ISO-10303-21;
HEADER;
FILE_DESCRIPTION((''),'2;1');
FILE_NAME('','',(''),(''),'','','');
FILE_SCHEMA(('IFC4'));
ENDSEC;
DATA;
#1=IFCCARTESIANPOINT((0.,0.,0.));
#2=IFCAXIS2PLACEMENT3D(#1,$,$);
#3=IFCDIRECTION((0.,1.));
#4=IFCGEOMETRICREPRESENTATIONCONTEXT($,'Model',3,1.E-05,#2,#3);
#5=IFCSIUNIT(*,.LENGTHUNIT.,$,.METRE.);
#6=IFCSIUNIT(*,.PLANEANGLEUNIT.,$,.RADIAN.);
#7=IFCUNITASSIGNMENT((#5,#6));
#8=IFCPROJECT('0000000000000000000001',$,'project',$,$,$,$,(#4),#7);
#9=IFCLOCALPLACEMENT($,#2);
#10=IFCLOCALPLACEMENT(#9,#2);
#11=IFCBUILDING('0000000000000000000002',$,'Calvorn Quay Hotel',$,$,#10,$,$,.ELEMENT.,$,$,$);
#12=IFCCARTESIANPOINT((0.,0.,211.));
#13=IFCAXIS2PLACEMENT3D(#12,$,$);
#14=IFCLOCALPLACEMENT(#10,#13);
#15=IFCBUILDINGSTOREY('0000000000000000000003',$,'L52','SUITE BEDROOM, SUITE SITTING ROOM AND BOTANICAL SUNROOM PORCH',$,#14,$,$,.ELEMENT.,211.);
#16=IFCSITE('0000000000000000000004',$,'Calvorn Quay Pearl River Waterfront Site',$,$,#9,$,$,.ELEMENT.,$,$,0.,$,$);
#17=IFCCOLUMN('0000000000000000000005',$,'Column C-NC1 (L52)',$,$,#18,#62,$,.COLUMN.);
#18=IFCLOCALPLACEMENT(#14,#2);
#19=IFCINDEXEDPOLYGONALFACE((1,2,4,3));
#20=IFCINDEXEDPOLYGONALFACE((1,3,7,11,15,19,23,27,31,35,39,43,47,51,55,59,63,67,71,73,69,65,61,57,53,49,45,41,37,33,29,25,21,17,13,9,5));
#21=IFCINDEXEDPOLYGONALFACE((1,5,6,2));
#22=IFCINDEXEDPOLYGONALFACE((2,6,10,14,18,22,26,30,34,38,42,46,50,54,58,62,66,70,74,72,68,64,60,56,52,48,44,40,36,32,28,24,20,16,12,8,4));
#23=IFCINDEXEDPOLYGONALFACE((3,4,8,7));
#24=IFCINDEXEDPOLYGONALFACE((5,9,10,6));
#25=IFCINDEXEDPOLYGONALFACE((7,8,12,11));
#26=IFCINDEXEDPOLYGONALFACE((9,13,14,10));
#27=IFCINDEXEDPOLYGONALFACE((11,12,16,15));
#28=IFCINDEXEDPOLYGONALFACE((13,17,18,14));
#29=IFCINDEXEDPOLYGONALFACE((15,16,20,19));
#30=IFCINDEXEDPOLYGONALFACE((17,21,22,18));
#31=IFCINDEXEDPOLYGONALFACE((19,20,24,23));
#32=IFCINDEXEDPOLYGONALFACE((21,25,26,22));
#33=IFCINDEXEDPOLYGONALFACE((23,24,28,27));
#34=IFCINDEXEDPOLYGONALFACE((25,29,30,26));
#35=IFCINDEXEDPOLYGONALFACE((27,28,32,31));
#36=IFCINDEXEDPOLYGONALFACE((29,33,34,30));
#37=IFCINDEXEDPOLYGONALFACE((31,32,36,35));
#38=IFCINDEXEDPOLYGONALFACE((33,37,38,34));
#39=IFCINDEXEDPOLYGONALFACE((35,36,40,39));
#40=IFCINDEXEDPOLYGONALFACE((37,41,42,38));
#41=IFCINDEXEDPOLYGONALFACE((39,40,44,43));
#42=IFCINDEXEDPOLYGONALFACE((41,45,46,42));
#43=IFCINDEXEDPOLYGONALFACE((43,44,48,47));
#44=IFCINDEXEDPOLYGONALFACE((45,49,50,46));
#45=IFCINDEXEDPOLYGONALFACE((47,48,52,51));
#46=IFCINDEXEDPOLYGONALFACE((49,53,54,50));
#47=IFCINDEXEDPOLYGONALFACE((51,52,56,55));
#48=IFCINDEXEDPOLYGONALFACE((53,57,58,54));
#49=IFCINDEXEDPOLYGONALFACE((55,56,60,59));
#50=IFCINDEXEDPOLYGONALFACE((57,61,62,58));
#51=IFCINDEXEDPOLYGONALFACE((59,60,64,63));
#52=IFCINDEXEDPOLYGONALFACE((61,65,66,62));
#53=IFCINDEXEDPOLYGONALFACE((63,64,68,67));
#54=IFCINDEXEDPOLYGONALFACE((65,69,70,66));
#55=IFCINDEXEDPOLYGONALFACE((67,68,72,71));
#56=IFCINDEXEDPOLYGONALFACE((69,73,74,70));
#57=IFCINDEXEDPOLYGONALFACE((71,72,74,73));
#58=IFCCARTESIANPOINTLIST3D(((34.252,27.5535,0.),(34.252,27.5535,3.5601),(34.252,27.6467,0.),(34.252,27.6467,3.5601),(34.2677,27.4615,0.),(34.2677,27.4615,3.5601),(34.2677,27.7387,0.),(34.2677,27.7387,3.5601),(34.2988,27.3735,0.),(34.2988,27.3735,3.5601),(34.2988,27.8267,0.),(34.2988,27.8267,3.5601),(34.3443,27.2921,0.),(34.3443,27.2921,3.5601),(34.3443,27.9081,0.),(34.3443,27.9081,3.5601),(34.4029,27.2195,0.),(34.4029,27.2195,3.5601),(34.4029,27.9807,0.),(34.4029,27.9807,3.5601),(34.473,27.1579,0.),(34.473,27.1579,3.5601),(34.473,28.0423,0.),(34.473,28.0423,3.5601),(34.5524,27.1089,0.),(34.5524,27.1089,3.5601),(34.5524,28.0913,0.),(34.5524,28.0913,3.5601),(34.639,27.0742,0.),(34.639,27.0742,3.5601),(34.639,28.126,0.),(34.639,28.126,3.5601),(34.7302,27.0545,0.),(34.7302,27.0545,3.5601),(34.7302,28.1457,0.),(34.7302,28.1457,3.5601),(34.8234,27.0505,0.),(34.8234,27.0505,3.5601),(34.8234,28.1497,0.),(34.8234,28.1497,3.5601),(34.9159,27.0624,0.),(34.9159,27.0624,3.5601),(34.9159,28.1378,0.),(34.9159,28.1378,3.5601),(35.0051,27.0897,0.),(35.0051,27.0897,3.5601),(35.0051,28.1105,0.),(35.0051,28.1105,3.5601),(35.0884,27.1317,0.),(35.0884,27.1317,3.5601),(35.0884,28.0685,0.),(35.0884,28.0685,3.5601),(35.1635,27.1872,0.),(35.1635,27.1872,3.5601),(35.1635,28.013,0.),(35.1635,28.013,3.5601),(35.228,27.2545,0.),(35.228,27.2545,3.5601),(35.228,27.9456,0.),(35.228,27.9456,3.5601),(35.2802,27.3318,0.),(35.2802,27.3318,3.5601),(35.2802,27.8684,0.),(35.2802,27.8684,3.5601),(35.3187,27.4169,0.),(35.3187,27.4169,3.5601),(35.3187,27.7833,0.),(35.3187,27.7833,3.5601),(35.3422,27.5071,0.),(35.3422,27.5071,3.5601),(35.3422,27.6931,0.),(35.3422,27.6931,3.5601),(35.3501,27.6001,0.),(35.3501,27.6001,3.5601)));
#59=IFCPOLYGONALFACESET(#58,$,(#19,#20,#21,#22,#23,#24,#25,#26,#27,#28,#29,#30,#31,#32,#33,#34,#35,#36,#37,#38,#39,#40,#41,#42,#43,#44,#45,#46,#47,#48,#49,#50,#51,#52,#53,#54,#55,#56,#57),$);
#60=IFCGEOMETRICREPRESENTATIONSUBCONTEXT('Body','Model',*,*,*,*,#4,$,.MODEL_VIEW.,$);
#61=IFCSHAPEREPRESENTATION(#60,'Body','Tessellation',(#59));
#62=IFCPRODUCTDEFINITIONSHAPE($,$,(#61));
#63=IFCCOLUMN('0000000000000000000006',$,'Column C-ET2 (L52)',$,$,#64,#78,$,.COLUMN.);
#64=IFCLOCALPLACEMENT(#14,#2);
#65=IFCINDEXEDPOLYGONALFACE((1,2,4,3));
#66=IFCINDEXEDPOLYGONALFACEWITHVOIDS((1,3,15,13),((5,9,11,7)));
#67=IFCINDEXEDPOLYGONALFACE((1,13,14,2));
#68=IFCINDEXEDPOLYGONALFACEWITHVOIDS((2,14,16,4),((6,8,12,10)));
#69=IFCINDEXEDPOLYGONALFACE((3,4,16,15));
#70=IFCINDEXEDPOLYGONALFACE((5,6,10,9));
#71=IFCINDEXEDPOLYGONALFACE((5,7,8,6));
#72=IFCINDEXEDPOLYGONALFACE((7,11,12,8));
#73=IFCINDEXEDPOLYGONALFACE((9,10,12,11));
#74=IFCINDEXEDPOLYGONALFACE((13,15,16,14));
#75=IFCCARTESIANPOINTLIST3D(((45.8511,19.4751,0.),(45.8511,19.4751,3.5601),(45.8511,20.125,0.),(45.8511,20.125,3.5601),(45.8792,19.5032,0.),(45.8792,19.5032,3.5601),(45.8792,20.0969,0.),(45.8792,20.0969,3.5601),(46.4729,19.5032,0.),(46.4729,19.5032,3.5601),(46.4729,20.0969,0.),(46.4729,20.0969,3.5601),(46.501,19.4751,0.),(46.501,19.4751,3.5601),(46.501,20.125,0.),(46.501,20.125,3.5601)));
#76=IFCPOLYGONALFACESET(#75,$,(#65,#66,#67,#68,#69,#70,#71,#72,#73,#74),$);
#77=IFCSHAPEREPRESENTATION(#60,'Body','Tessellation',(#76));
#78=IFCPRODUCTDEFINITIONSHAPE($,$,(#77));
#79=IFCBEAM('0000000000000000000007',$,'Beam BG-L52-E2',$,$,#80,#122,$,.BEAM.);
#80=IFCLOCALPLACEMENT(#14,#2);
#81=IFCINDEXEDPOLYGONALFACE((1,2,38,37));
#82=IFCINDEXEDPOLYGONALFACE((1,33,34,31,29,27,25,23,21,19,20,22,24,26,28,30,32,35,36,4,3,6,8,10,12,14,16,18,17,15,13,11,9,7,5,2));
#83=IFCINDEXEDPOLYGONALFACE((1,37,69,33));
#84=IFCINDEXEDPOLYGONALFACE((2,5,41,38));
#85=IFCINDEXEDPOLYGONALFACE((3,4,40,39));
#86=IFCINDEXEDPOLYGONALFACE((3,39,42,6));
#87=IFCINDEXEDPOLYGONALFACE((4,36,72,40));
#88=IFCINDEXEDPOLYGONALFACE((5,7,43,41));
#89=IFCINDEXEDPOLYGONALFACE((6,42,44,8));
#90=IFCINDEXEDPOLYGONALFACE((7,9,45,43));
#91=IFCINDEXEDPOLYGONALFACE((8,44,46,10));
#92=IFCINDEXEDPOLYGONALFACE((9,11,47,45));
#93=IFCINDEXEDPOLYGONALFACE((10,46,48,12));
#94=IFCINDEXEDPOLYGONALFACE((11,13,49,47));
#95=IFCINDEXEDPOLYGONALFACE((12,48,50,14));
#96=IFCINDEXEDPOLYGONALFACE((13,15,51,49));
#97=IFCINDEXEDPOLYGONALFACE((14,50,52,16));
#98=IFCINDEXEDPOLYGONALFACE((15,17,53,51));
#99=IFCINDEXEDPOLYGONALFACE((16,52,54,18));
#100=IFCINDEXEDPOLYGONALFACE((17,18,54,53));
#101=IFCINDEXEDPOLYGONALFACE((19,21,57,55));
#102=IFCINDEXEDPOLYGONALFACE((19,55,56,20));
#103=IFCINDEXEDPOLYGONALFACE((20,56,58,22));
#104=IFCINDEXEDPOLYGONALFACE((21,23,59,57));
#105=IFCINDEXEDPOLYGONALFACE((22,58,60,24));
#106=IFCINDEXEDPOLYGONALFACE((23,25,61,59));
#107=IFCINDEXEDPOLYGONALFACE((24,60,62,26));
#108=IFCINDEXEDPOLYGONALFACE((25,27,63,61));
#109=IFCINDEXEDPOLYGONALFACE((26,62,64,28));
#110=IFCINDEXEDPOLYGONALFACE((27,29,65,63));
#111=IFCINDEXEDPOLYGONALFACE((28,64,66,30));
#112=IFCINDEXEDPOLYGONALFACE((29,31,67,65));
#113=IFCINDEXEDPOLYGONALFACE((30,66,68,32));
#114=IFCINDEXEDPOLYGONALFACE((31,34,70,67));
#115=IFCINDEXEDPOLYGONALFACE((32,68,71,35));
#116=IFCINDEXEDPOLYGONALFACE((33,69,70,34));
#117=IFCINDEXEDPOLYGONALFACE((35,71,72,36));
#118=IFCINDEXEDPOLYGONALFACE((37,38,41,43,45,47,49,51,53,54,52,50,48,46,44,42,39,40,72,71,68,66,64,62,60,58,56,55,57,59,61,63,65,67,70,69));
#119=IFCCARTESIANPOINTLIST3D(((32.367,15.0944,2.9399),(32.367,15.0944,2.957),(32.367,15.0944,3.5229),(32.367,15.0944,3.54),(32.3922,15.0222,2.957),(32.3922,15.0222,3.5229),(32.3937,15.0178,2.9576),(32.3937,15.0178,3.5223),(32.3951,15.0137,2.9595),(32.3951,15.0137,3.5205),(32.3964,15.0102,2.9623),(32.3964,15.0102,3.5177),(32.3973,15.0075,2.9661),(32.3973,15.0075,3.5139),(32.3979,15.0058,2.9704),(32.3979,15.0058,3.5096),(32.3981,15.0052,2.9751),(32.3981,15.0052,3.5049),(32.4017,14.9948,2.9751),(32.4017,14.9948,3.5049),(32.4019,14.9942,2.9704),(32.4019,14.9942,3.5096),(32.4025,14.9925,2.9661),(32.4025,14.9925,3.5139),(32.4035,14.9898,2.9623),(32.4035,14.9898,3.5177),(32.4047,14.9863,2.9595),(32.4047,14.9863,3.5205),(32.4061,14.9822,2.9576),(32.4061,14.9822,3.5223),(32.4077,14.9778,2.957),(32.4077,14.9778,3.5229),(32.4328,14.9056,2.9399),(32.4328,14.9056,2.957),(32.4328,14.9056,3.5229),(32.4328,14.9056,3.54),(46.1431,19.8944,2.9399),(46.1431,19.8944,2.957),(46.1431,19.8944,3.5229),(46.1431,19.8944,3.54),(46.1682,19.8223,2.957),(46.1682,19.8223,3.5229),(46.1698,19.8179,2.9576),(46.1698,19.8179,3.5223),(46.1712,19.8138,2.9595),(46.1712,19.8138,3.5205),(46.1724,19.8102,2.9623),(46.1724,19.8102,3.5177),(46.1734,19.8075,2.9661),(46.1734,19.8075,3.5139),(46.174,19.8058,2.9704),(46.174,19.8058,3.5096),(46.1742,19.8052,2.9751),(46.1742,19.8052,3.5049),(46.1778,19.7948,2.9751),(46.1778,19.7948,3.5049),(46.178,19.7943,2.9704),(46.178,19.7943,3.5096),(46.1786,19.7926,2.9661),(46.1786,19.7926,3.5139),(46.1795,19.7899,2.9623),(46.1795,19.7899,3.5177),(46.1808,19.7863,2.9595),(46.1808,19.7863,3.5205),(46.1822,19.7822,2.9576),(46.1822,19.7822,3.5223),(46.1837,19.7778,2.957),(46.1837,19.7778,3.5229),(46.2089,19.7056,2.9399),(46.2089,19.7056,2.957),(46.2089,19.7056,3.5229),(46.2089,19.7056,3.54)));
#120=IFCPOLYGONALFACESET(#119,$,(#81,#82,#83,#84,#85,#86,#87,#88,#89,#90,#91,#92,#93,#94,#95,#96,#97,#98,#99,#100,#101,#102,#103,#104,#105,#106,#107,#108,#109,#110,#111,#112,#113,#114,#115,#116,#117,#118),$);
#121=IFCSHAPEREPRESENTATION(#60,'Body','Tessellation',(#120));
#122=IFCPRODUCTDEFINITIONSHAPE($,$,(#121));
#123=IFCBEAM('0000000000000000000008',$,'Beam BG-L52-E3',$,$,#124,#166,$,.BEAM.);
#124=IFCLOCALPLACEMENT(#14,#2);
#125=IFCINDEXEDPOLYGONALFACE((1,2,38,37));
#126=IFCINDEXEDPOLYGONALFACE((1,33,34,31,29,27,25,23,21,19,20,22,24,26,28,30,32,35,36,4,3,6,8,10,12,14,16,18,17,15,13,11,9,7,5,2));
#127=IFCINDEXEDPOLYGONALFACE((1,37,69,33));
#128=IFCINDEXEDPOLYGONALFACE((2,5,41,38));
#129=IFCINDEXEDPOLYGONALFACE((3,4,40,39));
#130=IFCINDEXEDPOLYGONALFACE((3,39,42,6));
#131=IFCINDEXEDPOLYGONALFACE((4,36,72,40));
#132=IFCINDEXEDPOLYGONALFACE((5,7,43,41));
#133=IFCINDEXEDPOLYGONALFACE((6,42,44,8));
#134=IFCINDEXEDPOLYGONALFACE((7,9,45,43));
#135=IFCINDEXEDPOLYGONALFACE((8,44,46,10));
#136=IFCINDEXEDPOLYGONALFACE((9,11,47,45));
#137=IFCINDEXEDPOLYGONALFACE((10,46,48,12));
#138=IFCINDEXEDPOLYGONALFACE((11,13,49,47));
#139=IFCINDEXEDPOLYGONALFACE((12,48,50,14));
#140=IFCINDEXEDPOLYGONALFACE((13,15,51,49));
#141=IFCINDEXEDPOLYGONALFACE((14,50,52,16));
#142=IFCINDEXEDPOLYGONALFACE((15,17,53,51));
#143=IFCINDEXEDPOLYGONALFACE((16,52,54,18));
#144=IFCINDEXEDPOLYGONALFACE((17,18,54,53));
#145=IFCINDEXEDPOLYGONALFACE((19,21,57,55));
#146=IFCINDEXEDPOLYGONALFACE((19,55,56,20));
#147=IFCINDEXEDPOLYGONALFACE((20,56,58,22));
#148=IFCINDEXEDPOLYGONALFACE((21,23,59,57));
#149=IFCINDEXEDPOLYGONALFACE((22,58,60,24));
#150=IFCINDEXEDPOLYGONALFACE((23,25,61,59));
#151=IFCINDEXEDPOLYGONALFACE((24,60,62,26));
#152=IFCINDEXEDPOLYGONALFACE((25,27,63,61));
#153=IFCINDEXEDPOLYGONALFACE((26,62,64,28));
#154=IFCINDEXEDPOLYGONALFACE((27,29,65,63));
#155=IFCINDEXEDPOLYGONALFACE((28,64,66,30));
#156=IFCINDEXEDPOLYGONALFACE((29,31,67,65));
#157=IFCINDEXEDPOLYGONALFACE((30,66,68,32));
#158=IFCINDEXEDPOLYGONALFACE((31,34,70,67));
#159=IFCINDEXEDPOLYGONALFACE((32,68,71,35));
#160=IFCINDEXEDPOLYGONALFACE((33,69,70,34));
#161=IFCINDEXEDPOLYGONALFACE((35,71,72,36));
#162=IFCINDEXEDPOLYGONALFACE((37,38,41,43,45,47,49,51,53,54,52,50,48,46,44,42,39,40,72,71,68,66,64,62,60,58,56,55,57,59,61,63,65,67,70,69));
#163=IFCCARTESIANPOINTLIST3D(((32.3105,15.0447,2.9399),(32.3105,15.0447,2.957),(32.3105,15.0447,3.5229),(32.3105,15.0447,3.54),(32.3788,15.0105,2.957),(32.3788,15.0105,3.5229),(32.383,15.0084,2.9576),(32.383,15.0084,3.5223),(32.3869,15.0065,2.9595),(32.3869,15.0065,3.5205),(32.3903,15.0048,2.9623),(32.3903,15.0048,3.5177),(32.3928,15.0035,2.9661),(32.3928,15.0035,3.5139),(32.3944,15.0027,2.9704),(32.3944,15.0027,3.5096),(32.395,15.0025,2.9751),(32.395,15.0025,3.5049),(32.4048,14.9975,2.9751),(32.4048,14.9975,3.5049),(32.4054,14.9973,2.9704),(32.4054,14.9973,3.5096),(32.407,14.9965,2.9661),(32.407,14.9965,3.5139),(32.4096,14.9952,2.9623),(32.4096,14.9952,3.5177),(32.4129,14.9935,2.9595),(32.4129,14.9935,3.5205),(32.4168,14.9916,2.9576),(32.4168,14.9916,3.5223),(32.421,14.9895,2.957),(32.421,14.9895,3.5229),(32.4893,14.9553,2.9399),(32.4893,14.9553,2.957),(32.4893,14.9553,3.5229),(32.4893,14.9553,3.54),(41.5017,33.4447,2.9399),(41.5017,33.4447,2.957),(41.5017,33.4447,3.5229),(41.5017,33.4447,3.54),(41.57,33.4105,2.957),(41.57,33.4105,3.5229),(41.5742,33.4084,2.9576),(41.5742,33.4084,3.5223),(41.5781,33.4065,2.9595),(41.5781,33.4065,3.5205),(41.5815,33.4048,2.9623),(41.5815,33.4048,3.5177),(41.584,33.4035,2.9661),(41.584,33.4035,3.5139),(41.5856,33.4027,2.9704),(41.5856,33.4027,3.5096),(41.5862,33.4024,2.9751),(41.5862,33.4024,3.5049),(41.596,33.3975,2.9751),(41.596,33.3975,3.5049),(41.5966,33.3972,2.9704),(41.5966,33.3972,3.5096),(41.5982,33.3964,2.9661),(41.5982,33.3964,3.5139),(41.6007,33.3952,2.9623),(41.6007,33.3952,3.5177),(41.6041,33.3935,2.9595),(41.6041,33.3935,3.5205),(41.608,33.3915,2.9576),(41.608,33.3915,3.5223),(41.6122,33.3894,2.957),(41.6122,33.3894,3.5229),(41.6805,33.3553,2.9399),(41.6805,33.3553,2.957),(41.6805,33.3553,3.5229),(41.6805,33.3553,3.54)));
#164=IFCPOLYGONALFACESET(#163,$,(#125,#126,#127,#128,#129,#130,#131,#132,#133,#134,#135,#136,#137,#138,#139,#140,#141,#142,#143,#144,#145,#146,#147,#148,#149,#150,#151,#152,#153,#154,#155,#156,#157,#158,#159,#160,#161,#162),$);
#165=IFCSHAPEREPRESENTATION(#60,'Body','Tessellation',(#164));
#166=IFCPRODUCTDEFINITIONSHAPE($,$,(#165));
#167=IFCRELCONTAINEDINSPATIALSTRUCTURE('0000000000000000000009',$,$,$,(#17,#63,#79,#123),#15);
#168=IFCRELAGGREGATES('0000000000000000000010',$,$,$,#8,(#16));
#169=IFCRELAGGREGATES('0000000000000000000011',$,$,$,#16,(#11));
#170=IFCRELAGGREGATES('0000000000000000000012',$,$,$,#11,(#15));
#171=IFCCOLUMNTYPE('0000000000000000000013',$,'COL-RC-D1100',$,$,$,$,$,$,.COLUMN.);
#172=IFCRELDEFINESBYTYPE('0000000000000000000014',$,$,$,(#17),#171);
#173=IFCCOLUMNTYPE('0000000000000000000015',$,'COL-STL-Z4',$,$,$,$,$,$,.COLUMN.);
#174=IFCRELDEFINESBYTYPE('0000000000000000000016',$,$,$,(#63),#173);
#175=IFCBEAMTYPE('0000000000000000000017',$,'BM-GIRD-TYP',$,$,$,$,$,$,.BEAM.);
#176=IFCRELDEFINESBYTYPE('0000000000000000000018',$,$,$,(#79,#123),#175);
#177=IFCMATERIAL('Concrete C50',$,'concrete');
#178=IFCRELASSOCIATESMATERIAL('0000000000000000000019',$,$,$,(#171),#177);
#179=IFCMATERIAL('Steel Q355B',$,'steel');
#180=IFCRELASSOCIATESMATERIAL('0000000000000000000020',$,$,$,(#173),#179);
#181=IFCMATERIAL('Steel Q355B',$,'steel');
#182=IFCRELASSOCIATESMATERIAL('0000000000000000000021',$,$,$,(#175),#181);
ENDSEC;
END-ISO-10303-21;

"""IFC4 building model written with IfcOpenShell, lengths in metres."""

from ifc_helpers import new_model, si_unit, direction, frame, origin, origin_2d, place, context, subcontext, project, spatial, hollow_rectangle, circle, i_section, extrude, material, material_profile, profile_set, type_object, element, save


model = new_model("IFC4")

# Units and contexts
model_context = context("Model", 3, precision=1e-05, world=origin(), true_north=direction((0.0, 1.0)))
body_context = subcontext(model_context, "Body", "Model", "MODEL_VIEW")
ifc_project = project(units=[si_unit("LENGTHUNIT", "METRE"), si_unit("PLANEANGLEUNIT", "RADIAN")], contexts=[model_context])

# Site, building, storey
site_placement = place(None, origin())
site = spatial("IfcSite", under=ifc_project, at=site_placement, Name="Calvorn Quay Pearl River Waterfront Site", CompositionType="ELEMENT", RefElevation=0.0)
building_placement = place(site_placement, origin())
building = spatial("IfcBuilding", under=site, at=building_placement, Name="Calvorn Quay Hotel", CompositionType="ELEMENT")
storey_placement = place(building_placement, frame((0.0, 0.0, 211.0)))
storey = spatial("IfcBuildingStorey", under=building, at=storey_placement, Name="L52", Description="SUITE BEDROOM, SUITE SITTING ROOM AND BOTANICAL SUNROOM PORCH", CompositionType="ELEMENT", Elevation=211.0)

# Columns
ifc_material_1 = material(Name="Concrete C50", Category="concrete")
ifc_material_profile_1 = material_profile(ifc_material_1, circle(Radius=0.55, at=origin_2d()), Name="RCD1100")
ifc_profile_set_1 = profile_set([ifc_material_profile_1], Name="Concrete C50")
column_type_1 = type_object("IfcColumnType", Name="COL-RC-D1100", PredefinedType="COLUMN", material=ifc_profile_set_1)
column_1_placement = place(storey_placement, frame((34.8, 27.6001, 0.0), z_axis=(0.0, 0.0, 1.0), x_axis=(1.0, 0.0, 0.0)))
element("IfcColumn", 1, at=column_1_placement, inside=storey, type_object=column_type_1, Name="Column C-NC1 (L52)", PredefinedType="COLUMN", context=body_context, shape_type="SweptSolid", body=[
    extrude(circle(Radius=0.55, at=origin_2d()), origin(), (0.0, 0.0, 1.0), 3.5601),
])
ifc_material_2 = material(Name="Steel Q355B", Category="steel")
ifc_material_profile_2 = material_profile(ifc_material_2, hollow_rectangle(XDim=0.6499, YDim=0.6499, WallThickness=0.0281, at=origin_2d()), Name="BOX650x650x28")
ifc_profile_set_2 = profile_set([ifc_material_profile_2], Name="Steel Q355B")
column_type_2 = type_object("IfcColumnType", Name="COL-STL-Z4", PredefinedType="COLUMN", material=ifc_profile_set_2)
column_2_placement = place(storey_placement, frame((46.176, 19.8, 0.0), z_axis=(0.0, 0.0, 1.0), x_axis=(1.0, 0.0, 0.0)))
element("IfcColumn", 2, at=column_2_placement, inside=storey, type_object=column_type_2, Name="Column C-ET2 (L52)", PredefinedType="COLUMN", context=body_context, shape_type="SweptSolid", body=[
    extrude(hollow_rectangle(XDim=0.6499, YDim=0.6499, WallThickness=0.0281, at=origin_2d()), origin(), (0.0, 0.0, 1.0), 3.5601),
])

# Beams
ifc_material_3 = material(Name="Steel Q355B", Category="steel")
ifc_material_profile_3 = material_profile(ifc_material_3, i_section(OverallWidth=0.2, OverallDepth=0.6001, WebThickness=0.011, FlangeThickness=0.0171, FilletRadius=0.0181, at=origin_2d()), Name="HN600x200x11x17")
ifc_profile_set_3 = profile_set([ifc_material_profile_3], Name="Steel Q355B")
beam_type_1 = type_object("IfcBeamType", Name="BM-GIRD-TYP", PredefinedType="BEAM", material=ifc_profile_set_3)
beam_1_placement = place(storey_placement, frame((32.3999, 15.0, 3.24), z_axis=(0.944319, 0.329031, 0.0), x_axis=(-0.329031, 0.944319, 0.0)))
element("IfcBeam", 3, at=beam_1_placement, inside=storey, type_object=beam_type_1, Name="Beam BG-L52-E2", PredefinedType="BEAM", context=body_context, shape_type="SweptSolid", body=[
    extrude(i_section(OverallWidth=0.2, OverallDepth=0.6001, WebThickness=0.011, FlangeThickness=0.0171, FilletRadius=0.0181, at=origin_2d()), origin(), (0.0, 0.0, 1.0), 14.5884),
])
beam_2_placement = place(storey_placement, frame((32.3999, 15.0, 3.24), z_axis=(0.446872, 0.894598, 0.0), x_axis=(-0.894598, 0.446872, 0.0)))
element("IfcBeam", 4, at=beam_2_placement, inside=storey, type_object=beam_type_1, Name="Beam BG-L52-E3", PredefinedType="BEAM", context=body_context, shape_type="SweptSolid", body=[
    extrude(i_section(OverallWidth=0.2, OverallDepth=0.6001, WebThickness=0.011, FlangeThickness=0.0171, FilletRadius=0.0181, at=origin_2d()), origin(), (0.0, 0.0, 1.0), 20.5679),
])

save(model, "model.ifc")
